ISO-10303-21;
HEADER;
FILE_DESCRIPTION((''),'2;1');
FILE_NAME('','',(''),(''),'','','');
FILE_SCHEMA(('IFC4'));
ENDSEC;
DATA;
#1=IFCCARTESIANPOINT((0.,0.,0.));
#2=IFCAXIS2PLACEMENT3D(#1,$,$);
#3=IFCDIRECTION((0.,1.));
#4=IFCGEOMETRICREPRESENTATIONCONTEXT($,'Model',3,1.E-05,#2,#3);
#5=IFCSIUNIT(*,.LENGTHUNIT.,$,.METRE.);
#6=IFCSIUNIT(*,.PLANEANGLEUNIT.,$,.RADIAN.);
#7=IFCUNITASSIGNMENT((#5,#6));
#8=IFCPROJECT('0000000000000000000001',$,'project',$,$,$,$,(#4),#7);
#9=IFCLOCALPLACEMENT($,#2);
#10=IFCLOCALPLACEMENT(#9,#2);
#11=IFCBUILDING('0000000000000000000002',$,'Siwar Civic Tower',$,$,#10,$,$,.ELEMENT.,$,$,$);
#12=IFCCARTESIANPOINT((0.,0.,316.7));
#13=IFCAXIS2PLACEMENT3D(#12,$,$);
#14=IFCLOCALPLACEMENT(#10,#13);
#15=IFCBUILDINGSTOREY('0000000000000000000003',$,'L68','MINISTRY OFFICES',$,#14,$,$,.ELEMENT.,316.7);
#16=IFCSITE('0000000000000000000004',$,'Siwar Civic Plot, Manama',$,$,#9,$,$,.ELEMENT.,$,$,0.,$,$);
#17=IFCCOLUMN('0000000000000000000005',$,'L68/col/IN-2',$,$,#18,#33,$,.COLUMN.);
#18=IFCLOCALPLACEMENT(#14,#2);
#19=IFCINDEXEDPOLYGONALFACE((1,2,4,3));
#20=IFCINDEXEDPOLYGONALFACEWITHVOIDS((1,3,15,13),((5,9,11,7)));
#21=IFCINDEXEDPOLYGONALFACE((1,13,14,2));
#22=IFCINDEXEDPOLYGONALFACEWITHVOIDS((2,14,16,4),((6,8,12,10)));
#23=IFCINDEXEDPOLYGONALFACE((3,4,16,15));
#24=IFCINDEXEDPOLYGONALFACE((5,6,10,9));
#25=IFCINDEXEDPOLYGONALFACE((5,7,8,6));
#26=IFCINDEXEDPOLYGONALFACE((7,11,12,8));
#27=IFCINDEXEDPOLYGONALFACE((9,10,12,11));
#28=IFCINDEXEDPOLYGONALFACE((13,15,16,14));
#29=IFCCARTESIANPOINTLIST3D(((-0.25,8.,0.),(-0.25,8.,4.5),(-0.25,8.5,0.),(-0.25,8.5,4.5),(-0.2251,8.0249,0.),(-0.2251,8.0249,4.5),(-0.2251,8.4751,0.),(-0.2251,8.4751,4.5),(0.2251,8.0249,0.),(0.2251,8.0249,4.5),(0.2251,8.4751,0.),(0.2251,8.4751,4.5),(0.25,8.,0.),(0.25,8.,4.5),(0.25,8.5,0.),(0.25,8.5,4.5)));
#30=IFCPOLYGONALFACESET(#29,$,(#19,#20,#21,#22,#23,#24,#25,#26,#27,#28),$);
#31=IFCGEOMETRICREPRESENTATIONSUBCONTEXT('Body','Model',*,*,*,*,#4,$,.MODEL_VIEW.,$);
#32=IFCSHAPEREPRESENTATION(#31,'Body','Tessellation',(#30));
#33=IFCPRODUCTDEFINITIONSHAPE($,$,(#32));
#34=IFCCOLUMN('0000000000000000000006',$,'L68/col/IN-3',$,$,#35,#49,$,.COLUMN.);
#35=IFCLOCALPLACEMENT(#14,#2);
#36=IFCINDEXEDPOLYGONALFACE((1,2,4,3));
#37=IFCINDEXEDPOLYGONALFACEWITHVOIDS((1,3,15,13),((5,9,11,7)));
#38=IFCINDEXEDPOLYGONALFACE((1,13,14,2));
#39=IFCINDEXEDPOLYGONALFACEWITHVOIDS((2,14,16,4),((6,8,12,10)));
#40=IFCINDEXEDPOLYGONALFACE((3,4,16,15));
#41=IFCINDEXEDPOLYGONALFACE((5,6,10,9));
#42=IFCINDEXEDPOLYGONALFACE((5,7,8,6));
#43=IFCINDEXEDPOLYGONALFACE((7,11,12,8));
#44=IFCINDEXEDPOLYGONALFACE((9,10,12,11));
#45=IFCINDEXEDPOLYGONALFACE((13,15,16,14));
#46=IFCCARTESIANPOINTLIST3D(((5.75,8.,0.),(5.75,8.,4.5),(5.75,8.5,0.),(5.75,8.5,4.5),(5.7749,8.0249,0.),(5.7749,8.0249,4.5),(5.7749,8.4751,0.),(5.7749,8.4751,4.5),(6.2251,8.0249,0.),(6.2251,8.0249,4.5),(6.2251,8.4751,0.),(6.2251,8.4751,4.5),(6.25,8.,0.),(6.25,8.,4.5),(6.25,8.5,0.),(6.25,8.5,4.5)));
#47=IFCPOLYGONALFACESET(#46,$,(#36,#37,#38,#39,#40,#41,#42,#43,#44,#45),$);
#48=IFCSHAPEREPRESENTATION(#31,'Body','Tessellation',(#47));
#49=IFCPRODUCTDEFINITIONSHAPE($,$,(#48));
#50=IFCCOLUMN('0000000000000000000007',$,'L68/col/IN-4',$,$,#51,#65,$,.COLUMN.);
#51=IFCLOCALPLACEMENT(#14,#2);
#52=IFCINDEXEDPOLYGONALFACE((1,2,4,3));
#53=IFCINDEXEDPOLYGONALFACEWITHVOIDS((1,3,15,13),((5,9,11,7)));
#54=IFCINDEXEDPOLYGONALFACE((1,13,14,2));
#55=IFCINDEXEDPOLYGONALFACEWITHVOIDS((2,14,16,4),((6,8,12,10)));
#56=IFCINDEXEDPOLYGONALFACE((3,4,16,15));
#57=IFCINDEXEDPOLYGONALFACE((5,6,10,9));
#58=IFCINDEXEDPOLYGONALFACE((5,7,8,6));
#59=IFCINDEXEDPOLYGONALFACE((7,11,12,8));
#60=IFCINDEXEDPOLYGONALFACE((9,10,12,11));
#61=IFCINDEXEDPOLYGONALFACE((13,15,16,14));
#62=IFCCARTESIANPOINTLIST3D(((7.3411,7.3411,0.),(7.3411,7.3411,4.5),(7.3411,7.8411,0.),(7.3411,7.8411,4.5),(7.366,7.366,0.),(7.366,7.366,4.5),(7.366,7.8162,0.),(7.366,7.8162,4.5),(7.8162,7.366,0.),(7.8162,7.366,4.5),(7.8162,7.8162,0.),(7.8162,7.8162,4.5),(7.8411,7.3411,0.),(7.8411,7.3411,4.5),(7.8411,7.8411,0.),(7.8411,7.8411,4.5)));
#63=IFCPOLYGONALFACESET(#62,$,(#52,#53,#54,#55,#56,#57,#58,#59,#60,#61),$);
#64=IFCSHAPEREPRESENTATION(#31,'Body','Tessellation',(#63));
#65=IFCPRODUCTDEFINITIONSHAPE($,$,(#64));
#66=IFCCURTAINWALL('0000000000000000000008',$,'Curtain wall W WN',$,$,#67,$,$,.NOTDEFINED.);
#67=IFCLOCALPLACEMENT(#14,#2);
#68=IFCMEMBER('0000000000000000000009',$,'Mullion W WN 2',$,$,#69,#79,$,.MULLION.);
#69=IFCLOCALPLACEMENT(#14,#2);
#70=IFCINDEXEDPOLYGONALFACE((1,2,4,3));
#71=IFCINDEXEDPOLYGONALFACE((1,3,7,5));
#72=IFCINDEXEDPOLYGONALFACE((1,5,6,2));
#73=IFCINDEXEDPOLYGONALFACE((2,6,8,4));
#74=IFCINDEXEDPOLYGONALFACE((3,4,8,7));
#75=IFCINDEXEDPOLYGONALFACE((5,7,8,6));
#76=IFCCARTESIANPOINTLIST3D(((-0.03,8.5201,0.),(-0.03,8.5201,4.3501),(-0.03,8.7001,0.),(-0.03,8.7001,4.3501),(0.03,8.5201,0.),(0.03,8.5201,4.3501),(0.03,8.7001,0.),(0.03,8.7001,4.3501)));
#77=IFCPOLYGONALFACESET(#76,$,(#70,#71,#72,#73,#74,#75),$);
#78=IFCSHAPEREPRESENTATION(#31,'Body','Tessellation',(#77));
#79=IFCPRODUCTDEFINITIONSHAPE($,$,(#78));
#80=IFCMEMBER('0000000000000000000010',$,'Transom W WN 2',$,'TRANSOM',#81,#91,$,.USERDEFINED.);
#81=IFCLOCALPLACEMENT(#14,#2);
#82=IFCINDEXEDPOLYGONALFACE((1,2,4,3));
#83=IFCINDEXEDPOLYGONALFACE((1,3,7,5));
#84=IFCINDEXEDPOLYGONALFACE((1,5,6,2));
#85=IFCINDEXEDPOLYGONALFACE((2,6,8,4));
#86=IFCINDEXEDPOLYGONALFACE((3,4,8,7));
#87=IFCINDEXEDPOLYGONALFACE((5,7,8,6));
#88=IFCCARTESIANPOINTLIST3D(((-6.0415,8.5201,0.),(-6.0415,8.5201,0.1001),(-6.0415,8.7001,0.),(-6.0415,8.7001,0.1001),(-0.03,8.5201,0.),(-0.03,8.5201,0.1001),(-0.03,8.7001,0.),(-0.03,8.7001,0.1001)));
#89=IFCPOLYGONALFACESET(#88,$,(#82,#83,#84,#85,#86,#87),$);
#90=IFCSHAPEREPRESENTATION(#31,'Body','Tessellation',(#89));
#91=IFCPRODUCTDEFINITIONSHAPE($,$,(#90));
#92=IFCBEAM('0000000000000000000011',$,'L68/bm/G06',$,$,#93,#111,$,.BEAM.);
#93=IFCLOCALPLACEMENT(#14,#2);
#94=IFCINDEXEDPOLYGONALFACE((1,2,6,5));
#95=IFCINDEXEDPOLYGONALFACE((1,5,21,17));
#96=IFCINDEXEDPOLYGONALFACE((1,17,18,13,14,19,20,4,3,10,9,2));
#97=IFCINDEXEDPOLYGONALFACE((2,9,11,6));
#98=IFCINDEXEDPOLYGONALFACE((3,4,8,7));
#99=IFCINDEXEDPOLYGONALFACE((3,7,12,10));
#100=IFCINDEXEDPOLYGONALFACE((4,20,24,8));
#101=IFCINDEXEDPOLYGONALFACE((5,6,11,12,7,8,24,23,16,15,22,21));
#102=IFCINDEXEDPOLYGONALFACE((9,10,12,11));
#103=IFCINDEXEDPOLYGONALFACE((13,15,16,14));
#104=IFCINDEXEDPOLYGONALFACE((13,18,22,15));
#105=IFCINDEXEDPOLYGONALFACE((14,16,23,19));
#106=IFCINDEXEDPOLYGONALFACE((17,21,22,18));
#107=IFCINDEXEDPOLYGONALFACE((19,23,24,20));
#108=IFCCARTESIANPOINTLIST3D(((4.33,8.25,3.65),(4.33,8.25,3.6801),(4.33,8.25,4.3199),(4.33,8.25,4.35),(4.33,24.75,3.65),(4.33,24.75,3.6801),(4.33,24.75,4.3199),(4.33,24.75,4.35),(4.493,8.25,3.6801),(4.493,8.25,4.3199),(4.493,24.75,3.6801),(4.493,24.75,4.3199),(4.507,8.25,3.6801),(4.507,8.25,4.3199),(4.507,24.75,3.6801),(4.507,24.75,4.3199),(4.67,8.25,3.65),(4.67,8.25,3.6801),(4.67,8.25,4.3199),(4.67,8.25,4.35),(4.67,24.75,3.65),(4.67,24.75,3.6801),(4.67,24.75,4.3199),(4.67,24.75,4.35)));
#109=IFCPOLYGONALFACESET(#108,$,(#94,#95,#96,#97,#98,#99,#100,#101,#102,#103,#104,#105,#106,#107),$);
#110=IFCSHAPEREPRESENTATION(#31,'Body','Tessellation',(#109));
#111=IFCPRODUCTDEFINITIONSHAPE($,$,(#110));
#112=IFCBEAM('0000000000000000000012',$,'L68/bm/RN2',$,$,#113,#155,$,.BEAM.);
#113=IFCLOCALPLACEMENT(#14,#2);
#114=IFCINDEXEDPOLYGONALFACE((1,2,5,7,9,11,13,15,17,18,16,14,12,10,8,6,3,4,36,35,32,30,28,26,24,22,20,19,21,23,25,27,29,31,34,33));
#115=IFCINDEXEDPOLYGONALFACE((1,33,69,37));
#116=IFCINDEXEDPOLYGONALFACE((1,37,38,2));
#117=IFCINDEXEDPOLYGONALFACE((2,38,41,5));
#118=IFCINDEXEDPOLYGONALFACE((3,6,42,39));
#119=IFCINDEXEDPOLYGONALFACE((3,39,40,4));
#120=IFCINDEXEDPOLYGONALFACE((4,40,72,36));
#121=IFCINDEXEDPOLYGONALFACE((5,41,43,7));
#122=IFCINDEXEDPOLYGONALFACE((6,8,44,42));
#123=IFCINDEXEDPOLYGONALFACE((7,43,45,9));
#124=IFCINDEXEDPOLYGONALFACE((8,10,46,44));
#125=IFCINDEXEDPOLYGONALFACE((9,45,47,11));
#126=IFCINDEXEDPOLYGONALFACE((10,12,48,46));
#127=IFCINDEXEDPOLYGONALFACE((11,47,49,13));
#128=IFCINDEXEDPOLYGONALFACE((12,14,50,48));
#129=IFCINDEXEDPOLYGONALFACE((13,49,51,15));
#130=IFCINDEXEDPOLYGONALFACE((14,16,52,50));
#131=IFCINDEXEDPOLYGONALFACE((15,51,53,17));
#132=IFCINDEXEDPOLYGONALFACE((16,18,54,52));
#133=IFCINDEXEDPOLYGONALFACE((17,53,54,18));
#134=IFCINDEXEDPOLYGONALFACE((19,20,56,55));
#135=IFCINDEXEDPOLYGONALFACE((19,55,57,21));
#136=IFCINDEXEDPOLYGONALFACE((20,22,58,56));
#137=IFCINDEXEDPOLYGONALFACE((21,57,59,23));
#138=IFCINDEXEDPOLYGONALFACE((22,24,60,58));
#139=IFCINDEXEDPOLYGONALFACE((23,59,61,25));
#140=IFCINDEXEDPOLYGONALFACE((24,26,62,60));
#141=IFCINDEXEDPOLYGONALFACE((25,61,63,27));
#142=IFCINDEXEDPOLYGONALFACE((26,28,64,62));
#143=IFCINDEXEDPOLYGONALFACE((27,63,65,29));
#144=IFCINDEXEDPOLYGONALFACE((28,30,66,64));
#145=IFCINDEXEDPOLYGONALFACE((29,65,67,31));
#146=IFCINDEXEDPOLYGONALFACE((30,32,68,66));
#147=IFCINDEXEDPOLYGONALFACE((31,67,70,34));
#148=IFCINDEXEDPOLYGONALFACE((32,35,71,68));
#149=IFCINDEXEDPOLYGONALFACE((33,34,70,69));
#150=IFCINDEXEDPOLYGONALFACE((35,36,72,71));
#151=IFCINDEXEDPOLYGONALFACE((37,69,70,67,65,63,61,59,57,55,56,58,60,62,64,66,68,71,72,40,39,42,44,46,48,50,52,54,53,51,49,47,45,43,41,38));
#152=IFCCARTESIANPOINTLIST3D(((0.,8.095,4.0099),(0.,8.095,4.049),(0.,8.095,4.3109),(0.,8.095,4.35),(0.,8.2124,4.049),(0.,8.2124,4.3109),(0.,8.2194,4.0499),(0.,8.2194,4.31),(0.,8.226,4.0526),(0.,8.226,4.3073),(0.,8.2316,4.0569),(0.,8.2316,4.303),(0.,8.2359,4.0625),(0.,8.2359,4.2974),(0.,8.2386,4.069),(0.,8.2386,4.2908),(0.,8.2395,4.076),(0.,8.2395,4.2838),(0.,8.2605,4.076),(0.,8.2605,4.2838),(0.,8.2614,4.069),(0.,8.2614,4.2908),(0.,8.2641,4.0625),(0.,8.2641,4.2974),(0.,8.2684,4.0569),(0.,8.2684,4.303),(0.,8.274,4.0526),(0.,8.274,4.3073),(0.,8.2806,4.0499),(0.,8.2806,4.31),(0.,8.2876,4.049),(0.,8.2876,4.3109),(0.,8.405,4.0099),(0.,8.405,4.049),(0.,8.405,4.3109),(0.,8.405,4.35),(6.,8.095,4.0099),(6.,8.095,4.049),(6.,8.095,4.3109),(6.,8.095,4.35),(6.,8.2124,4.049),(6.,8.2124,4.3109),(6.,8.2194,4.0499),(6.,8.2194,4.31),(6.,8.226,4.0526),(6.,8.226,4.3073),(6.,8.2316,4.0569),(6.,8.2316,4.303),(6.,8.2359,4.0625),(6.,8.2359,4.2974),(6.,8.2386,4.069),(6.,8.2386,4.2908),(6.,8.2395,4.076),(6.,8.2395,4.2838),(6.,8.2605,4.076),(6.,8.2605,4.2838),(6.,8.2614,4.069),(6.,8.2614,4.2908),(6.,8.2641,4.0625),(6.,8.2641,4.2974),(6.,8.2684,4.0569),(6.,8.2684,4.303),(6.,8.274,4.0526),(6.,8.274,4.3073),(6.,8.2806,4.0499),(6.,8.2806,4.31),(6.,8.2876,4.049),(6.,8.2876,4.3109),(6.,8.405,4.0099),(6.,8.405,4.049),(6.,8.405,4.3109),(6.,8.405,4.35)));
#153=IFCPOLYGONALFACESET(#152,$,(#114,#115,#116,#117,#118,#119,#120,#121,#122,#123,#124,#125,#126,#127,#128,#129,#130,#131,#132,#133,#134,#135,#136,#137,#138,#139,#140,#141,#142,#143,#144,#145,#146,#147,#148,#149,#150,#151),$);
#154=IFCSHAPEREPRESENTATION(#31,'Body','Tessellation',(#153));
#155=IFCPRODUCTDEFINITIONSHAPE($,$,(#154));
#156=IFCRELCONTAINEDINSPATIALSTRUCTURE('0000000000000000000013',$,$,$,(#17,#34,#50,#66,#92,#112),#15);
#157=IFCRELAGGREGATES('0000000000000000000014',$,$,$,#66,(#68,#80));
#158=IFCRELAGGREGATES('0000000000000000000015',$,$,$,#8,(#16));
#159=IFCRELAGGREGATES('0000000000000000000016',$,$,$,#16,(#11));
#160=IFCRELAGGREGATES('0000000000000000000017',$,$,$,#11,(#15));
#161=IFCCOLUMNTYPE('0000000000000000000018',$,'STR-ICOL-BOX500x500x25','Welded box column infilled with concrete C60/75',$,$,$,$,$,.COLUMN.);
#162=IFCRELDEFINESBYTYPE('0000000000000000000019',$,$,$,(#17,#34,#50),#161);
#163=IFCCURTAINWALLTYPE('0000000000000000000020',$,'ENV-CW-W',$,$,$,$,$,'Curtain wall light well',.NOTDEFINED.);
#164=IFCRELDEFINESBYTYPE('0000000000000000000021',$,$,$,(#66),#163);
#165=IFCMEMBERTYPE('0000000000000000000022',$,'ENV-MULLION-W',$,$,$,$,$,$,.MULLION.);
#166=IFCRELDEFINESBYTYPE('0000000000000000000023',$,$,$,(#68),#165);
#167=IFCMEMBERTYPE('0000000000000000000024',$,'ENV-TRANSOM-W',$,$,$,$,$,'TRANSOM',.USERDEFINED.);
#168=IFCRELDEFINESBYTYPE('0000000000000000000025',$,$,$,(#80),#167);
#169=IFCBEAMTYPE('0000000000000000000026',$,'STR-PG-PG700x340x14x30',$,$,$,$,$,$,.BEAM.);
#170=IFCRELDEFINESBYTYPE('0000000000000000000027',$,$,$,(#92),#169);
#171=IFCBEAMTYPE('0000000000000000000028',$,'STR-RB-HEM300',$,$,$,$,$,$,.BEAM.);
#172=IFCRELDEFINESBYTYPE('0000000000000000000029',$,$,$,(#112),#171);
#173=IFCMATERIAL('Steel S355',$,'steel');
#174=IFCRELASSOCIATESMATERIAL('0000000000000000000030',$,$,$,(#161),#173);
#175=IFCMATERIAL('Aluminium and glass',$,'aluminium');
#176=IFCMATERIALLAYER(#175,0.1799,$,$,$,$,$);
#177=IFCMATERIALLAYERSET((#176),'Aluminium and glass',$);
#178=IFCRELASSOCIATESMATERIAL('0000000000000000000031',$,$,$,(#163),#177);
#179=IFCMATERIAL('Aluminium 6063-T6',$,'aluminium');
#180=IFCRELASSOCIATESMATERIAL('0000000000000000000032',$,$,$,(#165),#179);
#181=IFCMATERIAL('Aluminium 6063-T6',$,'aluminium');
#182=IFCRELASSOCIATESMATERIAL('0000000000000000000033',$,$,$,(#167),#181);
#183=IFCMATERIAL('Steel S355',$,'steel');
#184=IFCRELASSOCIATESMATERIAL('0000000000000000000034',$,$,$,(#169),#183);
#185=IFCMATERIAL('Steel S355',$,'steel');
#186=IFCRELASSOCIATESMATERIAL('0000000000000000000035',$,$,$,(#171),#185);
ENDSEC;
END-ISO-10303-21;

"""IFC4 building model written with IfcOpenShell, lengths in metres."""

from ifc_helpers import new_model, si_unit, direction, frame, origin, origin_2d, place, context, subcontext, project, spatial, rectangle, hollow_rectangle, i_section, extrude, material, layer, layer_set, material_profile, profile_set, type_object, element, aggregate, save


model = new_model("IFC4")

# Units and contexts
model_context = context("Model", 3, precision=1e-05, world=origin(), true_north=direction((0.0, 1.0)))
body_context = subcontext(model_context, "Body", "Model", "MODEL_VIEW")
ifc_project = project(units=[si_unit("LENGTHUNIT", "METRE"), si_unit("PLANEANGLEUNIT", "RADIAN")], contexts=[model_context])

# Site, building, storey
site_placement = place(None, origin())
site = spatial("IfcSite", under=ifc_project, at=site_placement, Name="Siwar Civic Plot, Manama", CompositionType="ELEMENT", RefElevation=0.0)
building_placement = place(site_placement, origin())
building = spatial("IfcBuilding", under=site, at=building_placement, Name="Siwar Civic Tower", CompositionType="ELEMENT")
storey_placement = place(building_placement, frame((0.0, 0.0, 316.7)))
storey = spatial("IfcBuildingStorey", under=building, at=storey_placement, Name="L68", Description="MINISTRY OFFICES", CompositionType="ELEMENT", Elevation=316.7)

# Columns
ifc_material_1 = material(Name="Steel S355", Category="steel")
ifc_material_profile_1 = material_profile(ifc_material_1, hollow_rectangle(XDim=0.5, YDim=0.5, WallThickness=0.0249, at=origin_2d()), Name="BOX500x500x25")
ifc_profile_set_1 = profile_set([ifc_material_profile_1], Name="Steel S355")
column_type = type_object("IfcColumnType", Name="STR-ICOL-BOX500x500x25", Description="Welded box column infilled with concrete C60/75", PredefinedType="COLUMN", material=ifc_profile_set_1)
for number, where, z_axis, x_axis, name in (
    (1, (0.0, 8.25, 0.0), (0.0, 0.0, 1.0), (1.0, 0.0, 0.0), "L68/col/IN-2"),
    (2, (6.0, 8.25, 0.0), (0.0, 0.0, 1.0), (1.0, 0.0, 0.0), "L68/col/IN-3"),
    (3, (7.5911, 7.5911, 0.0), (0.0, 0.0, 1.0), (1.0, 0.0, 0.0), "L68/col/IN-4"),
):
    element("IfcColumn", number, at=place(storey_placement, frame(where, z_axis=z_axis, x_axis=x_axis)), inside=storey, type_object=column_type, Name=name, PredefinedType="COLUMN", context=body_context, shape_type="SweptSolid", body=[
        extrude(hollow_rectangle(XDim=0.5, YDim=0.5, WallThickness=0.0249, at=origin_2d()), origin(), (0.0, 0.0, 1.0), 4.5),
    ])

# Curtain wall, members
ifc_material_2 = material(Name="Aluminium and glass", Category="aluminium")
ifc_layer_1 = layer(ifc_material_2, 0.1799)
ifc_layer_set_1 = layer_set([ifc_layer_1], Name="Aluminium and glass")
curtain_wall_type = type_object("IfcCurtainWallType", Name="ENV-CW-W", ElementType="Curtain wall light well", PredefinedType="NOTDEFINED", material=ifc_layer_set_1)
curtain_wall_placement = place(storey_placement, origin())
curtain_wall = element("IfcCurtainWall", 4, at=curtain_wall_placement, inside=storey, type_object=curtain_wall_type, Name="Curtain wall W WN", PredefinedType="NOTDEFINED")
ifc_material_3 = material(Name="Aluminium 6063-T6", Category="aluminium")
ifc_material_profile_2 = material_profile(ifc_material_3, rectangle(XDim=0.1799, YDim=0.0601, at=origin_2d()), Name="AL 180x60")
ifc_profile_set_2 = profile_set([ifc_material_profile_2], Name="Aluminium 6063-T6")
member_type_1 = type_object("IfcMemberType", Name="ENV-MULLION-W", PredefinedType="MULLION", material=ifc_profile_set_2)
member_1_placement = place(storey_placement, frame((0.0, 8.6101, 0.0), z_axis=(0.0, 0.0, 1.0), x_axis=(0.0, -1.0, 0.0)))
member_1 = element("IfcMember", 5, at=member_1_placement, type_object=member_type_1, Name="Mullion W WN 2", PredefinedType="MULLION", context=body_context, shape_type="SweptSolid", body=[
    extrude(rectangle(XDim=0.1799, YDim=0.0601, at=origin_2d()), origin(), (0.0, 0.0, 1.0), 4.3501),
])
ifc_material_4 = material(Name="Aluminium 6063-T6", Category="aluminium")
ifc_material_profile_3 = material_profile(ifc_material_4, rectangle(XDim=0.1799, YDim=0.1001, at=origin_2d()), Name="AL 180x100")
ifc_profile_set_3 = profile_set([ifc_material_profile_3], Name="Aluminium 6063-T6")
member_type_2 = type_object("IfcMemberType", Name="ENV-TRANSOM-W", ElementType="TRANSOM", PredefinedType="USERDEFINED", material=ifc_profile_set_3)
member_2_placement = place(storey_placement, frame((-0.03, 8.6101, 0.05), z_axis=(-1.0, 0.0, 0.0), x_axis=(0.0, -1.0, 0.0)))
member_2 = element("IfcMember", 6, at=member_2_placement, type_object=member_type_2, Name="Transom W WN 2", ObjectType="TRANSOM", PredefinedType="USERDEFINED", context=body_context, shape_type="SweptSolid", body=[
    extrude(rectangle(XDim=0.1799, YDim=0.1001, at=origin_2d()), origin(), (0.0, 0.0, 1.0), 6.0115),
])

# Beams
ifc_material_5 = material(Name="Steel S355", Category="steel")
ifc_material_profile_4 = material_profile(ifc_material_5, i_section(OverallWidth=0.3401, OverallDepth=0.7, WebThickness=0.0139, FlangeThickness=0.03, at=origin_2d()), Name="PG700x340x14x30")
ifc_profile_set_4 = profile_set([ifc_material_profile_4], Name="Steel S355")
beam_type_1 = type_object("IfcBeamType", Name="STR-PG-PG700x340x14x30", PredefinedType="BEAM", material=ifc_profile_set_4)
beam_1_placement = place(storey_placement, frame((4.5, 8.25, 4.0), z_axis=(0.0, 1.0, 0.0), x_axis=(-1.0, 0.0, 0.0)))
element("IfcBeam", 7, at=beam_1_placement, inside=storey, type_object=beam_type_1, Name="L68/bm/G06", PredefinedType="BEAM", context=body_context, shape_type="SweptSolid", body=[
    extrude(i_section(OverallWidth=0.3401, OverallDepth=0.7, WebThickness=0.0139, FlangeThickness=0.03, at=origin_2d()), origin(), (0.0, 0.0, 1.0), 16.5),
])
ifc_material_6 = material(Name="Steel S355", Category="steel")
ifc_material_profile_5 = material_profile(ifc_material_6, i_section(OverallWidth=0.3101, OverallDepth=0.3401, WebThickness=0.021, FlangeThickness=0.0391, FilletRadius=0.0271, at=origin_2d()), Name="HEM300")
ifc_profile_set_5 = profile_set([ifc_material_profile_5], Name="Steel S355")
beam_type_2 = type_object("IfcBeamType", Name="STR-RB-HEM300", PredefinedType="BEAM", material=ifc_profile_set_5)
beam_2_placement = place(storey_placement, frame((0.0, 8.25, 4.1799), z_axis=(1.0, 0.0, 0.0), x_axis=(0.0, 1.0, 0.0)))
element("IfcBeam", 8, at=beam_2_placement, inside=storey, type_object=beam_type_2, Name="L68/bm/RN2", PredefinedType="BEAM", context=body_context, shape_type="SweptSolid", body=[
    extrude(i_section(OverallWidth=0.3101, OverallDepth=0.3401, WebThickness=0.021, FlangeThickness=0.0391, FilletRadius=0.0271, at=origin_2d()), origin(), (0.0, 0.0, 1.0), 6.0),
])

aggregate(curtain_wall, [member_1, member_2])

save(model, "model.ifc")
